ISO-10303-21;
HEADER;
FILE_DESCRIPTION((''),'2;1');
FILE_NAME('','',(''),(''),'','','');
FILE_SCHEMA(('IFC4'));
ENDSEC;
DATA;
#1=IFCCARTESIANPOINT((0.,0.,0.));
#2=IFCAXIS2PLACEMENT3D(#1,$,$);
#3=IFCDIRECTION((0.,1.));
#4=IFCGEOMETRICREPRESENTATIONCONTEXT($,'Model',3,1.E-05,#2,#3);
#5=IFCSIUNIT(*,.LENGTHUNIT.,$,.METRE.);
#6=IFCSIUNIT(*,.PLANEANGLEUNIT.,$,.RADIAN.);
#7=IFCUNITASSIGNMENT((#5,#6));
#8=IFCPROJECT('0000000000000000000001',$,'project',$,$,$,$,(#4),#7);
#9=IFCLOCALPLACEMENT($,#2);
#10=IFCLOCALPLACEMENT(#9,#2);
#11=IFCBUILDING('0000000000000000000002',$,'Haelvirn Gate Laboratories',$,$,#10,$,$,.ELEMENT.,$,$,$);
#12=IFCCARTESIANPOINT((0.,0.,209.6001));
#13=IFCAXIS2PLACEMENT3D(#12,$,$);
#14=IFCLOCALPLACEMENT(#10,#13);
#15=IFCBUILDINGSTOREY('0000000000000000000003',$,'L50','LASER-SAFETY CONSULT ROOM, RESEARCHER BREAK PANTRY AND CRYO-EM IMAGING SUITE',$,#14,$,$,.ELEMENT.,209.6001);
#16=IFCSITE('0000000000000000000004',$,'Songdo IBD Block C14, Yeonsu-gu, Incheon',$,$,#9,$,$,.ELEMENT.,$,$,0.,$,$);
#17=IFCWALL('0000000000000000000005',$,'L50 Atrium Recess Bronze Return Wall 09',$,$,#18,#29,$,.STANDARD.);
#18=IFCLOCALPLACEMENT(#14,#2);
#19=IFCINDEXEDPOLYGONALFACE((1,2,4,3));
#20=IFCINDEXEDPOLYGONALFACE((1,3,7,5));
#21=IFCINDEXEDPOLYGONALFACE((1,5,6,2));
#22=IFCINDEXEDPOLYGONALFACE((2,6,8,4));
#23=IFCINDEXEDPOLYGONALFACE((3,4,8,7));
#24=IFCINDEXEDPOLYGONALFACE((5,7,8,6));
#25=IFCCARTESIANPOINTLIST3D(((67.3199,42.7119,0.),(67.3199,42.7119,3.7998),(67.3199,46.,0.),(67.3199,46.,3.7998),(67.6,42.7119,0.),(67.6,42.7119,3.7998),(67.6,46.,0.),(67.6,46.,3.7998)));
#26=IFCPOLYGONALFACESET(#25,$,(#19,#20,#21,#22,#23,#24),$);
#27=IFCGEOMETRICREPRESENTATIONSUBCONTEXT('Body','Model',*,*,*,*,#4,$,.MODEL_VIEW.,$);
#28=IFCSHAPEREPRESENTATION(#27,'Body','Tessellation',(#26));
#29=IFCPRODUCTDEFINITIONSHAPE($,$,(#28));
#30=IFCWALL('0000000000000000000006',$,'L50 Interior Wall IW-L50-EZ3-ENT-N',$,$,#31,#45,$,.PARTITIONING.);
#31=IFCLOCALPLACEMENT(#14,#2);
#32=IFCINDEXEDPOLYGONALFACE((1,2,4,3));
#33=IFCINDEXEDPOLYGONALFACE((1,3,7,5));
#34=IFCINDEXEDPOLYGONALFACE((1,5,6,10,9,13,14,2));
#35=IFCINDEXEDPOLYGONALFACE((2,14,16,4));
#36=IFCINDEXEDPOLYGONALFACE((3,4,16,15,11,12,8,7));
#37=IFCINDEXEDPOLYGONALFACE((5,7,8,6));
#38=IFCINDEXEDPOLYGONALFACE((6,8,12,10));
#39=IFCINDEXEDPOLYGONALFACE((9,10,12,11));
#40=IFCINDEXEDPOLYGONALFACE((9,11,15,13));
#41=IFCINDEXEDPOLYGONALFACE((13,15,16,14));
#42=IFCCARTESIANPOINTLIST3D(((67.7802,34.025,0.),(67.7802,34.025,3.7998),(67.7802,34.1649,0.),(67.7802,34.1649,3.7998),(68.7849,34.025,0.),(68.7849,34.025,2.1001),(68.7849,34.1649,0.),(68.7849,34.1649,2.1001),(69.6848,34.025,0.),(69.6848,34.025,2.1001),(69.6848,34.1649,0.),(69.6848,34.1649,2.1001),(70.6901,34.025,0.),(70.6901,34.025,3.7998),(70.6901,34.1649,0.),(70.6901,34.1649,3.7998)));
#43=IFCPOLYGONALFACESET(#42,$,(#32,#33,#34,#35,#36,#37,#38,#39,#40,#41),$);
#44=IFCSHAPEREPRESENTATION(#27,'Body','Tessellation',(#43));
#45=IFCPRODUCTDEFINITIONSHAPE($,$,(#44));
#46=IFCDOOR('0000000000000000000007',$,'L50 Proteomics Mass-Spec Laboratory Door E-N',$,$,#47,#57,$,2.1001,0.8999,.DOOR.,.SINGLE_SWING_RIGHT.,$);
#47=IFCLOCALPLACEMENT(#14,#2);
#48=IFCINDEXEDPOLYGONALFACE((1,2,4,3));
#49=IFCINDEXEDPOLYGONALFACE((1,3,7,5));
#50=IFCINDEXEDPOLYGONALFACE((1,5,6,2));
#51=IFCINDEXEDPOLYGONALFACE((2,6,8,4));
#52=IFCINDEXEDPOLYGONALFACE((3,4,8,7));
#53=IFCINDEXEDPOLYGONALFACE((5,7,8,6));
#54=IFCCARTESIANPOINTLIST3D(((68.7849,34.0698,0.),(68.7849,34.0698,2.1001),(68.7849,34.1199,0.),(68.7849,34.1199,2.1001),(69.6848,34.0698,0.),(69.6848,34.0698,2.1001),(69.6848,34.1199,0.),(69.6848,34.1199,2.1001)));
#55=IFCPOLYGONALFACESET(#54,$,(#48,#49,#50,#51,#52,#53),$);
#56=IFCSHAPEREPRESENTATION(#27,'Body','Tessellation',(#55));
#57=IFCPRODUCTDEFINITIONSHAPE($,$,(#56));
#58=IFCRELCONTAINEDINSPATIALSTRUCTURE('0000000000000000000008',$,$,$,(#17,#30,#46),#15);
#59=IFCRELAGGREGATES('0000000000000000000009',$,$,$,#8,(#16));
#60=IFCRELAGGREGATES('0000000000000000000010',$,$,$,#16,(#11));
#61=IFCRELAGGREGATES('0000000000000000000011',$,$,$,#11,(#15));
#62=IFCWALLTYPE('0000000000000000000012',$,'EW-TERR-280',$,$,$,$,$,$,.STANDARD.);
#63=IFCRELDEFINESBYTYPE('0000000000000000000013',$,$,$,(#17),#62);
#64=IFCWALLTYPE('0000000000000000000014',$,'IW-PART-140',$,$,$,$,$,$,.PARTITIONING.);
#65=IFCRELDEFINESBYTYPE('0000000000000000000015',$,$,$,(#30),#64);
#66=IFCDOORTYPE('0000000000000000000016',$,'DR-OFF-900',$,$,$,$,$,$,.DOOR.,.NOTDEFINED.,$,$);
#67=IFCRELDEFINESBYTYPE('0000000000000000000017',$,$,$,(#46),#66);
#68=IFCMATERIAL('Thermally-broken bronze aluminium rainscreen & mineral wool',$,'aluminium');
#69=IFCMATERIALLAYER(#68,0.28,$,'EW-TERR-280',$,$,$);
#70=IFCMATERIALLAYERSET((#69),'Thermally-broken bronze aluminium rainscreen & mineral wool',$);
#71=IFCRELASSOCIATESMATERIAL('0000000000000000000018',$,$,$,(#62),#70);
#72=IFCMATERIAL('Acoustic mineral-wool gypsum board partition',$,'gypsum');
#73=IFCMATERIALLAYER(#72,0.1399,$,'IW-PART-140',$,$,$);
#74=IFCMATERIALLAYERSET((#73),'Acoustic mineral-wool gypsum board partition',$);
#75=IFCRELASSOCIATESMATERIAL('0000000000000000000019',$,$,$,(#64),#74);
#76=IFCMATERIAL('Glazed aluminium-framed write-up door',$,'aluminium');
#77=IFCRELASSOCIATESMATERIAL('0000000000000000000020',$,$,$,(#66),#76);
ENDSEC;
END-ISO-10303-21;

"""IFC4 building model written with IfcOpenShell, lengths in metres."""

from ifc_helpers import new_model, si_unit, direction, frame, frame_2d, origin, place, context, subcontext, project, spatial, rectangle, extrude, source, transform, mapped, material, layer, layer_set, type_object, type_shapes, element, fill, save


model = new_model("IFC4")

# Units and contexts
model_context = context("Model", 3, precision=1e-05, world=origin(), true_north=direction((0.0, 1.0)))
body_context = subcontext(model_context, "Body", "Model", "MODEL_VIEW")
ifc_project = project(units=[si_unit("LENGTHUNIT", "METRE"), si_unit("PLANEANGLEUNIT", "RADIAN")], contexts=[model_context])

# Site, building, storey
site_placement = place(None, origin())
site = spatial("IfcSite", under=ifc_project, at=site_placement, Name="Songdo IBD Block C14, Yeonsu-gu, Incheon", CompositionType="ELEMENT", RefElevation=0.0)
building_placement = place(site_placement, origin())
building = spatial("IfcBuilding", under=site, at=building_placement, Name="Haelvirn Gate Laboratories", CompositionType="ELEMENT")
storey_placement = place(building_placement, frame((0.0, 0.0, 209.6001)))
storey = spatial("IfcBuildingStorey", under=building, at=storey_placement, Name="L50", Description="LASER-SAFETY CONSULT ROOM, RESEARCHER BREAK PANTRY AND CRYO-EM IMAGING SUITE", CompositionType="ELEMENT", Elevation=209.6001)

# Wall
ifc_material_1 = material(Name="Thermally-broken bronze aluminium rainscreen & mineral wool", Category="aluminium")
ifc_layer_1 = layer(ifc_material_1, 0.28, Name="EW-TERR-280")
ifc_layer_set_1 = layer_set([ifc_layer_1], Name="Thermally-broken bronze aluminium rainscreen & mineral wool")
wall_type_1 = type_object("IfcWallType", Name="EW-TERR-280", PredefinedType="STANDARD", material=ifc_layer_set_1)
wall_1_placement = place(storey_placement, frame((67.46, 42.7119, 0.0), z_axis=(0.0, 0.0, 1.0), x_axis=(0.0, 1.0, 0.0)))
element("IfcWall", 1, at=wall_1_placement, inside=storey, type_object=wall_type_1, Name="L50 Atrium Recess Bronze Return Wall 09", PredefinedType="STANDARD", context=body_context, shape_type="SweptSolid", body=[
    extrude(rectangle(XDim=3.2881, YDim=0.28, at=frame_2d((1.644, 0.0))), origin(), (0.0, 0.0, 1.0), 3.7998),
])

# Wall, opening, door
ifc_material_2 = material(Name="Acoustic mineral-wool gypsum board partition", Category="gypsum")
ifc_layer_2 = layer(ifc_material_2, 0.1399, Name="IW-PART-140")
ifc_layer_set_2 = layer_set([ifc_layer_2], Name="Acoustic mineral-wool gypsum board partition")
wall_type_2 = type_object("IfcWallType", Name="IW-PART-140", PredefinedType="PARTITIONING", material=ifc_layer_set_2)
wall_2_placement = place(storey_placement, frame((67.78, 34.095, 0.0), z_axis=(0.0, 0.0, 1.0), x_axis=(1.0, 0.0, 0.0)))
wall_2 = element("IfcWall", 2, at=wall_2_placement, inside=storey, type_object=wall_type_2, Name="L50 Interior Wall IW-L50-EZ3-ENT-N", PredefinedType="PARTITIONING", context=body_context, shape_type="SweptSolid", body=[
    extrude(rectangle(XDim=2.9099, YDim=0.1399, at=frame_2d((1.4551, 0.0))), origin(), (0.0, 0.0, 1.0), 3.7998),
])
opening_placement = place(wall_2_placement, frame((1.0049, 0.0, 0.0)))
opening = element("IfcOpeningElement", 3, at=opening_placement, cuts=wall_2, PredefinedType="OPENING", context=body_context, shape_type="SweptSolid", body=[
    extrude(rectangle(XDim=0.8999, YDim=2.1001, at=frame_2d((0.45, 1.05))), frame((0.0, 0.0801, 0.0), z_axis=(0.0, -1.0, 0.0), x_axis=(1.0, 0.0, 0.0)), (0.0, 0.0, 1.0), 0.1599),
])
ifc_material_3 = material(Name="Glazed aluminium-framed write-up door", Category="aluminium")
door_type = type_object("IfcDoorType", Name="DR-OFF-900", OperationType="NOTDEFINED", PredefinedType="DOOR", material=ifc_material_3)
shared_shape_1 = source(origin(), body_context, "Body", "SweptSolid", [
    extrude(rectangle(XDim=0.8999, YDim=2.1001, at=frame_2d((0.45, 1.05))), frame((0.0, 0.0249, 0.0), z_axis=(0.0, -1.0, 0.0), x_axis=(1.0, 0.0, 0.0)), (0.0, 0.0, 1.0), 0.05),
])
type_shapes(door_type, [shared_shape_1])
door_placement = place(opening_placement, origin())
door = element("IfcDoor", 4, at=door_placement, inside=storey, type_object=door_type, Name="L50 Proteomics Mass-Spec Laboratory Door E-N", OperationType="SINGLE_SWING_RIGHT", OverallHeight=2.1001, OverallWidth=0.8999, PredefinedType="DOOR", context=body_context, shape_type="MappedRepresentation", body=[
    mapped(shared_shape_1, transform((0.0, 0.0, 0.0), scale=1.0)),
])
fill(opening, door)

save(model, "model.ifc")
